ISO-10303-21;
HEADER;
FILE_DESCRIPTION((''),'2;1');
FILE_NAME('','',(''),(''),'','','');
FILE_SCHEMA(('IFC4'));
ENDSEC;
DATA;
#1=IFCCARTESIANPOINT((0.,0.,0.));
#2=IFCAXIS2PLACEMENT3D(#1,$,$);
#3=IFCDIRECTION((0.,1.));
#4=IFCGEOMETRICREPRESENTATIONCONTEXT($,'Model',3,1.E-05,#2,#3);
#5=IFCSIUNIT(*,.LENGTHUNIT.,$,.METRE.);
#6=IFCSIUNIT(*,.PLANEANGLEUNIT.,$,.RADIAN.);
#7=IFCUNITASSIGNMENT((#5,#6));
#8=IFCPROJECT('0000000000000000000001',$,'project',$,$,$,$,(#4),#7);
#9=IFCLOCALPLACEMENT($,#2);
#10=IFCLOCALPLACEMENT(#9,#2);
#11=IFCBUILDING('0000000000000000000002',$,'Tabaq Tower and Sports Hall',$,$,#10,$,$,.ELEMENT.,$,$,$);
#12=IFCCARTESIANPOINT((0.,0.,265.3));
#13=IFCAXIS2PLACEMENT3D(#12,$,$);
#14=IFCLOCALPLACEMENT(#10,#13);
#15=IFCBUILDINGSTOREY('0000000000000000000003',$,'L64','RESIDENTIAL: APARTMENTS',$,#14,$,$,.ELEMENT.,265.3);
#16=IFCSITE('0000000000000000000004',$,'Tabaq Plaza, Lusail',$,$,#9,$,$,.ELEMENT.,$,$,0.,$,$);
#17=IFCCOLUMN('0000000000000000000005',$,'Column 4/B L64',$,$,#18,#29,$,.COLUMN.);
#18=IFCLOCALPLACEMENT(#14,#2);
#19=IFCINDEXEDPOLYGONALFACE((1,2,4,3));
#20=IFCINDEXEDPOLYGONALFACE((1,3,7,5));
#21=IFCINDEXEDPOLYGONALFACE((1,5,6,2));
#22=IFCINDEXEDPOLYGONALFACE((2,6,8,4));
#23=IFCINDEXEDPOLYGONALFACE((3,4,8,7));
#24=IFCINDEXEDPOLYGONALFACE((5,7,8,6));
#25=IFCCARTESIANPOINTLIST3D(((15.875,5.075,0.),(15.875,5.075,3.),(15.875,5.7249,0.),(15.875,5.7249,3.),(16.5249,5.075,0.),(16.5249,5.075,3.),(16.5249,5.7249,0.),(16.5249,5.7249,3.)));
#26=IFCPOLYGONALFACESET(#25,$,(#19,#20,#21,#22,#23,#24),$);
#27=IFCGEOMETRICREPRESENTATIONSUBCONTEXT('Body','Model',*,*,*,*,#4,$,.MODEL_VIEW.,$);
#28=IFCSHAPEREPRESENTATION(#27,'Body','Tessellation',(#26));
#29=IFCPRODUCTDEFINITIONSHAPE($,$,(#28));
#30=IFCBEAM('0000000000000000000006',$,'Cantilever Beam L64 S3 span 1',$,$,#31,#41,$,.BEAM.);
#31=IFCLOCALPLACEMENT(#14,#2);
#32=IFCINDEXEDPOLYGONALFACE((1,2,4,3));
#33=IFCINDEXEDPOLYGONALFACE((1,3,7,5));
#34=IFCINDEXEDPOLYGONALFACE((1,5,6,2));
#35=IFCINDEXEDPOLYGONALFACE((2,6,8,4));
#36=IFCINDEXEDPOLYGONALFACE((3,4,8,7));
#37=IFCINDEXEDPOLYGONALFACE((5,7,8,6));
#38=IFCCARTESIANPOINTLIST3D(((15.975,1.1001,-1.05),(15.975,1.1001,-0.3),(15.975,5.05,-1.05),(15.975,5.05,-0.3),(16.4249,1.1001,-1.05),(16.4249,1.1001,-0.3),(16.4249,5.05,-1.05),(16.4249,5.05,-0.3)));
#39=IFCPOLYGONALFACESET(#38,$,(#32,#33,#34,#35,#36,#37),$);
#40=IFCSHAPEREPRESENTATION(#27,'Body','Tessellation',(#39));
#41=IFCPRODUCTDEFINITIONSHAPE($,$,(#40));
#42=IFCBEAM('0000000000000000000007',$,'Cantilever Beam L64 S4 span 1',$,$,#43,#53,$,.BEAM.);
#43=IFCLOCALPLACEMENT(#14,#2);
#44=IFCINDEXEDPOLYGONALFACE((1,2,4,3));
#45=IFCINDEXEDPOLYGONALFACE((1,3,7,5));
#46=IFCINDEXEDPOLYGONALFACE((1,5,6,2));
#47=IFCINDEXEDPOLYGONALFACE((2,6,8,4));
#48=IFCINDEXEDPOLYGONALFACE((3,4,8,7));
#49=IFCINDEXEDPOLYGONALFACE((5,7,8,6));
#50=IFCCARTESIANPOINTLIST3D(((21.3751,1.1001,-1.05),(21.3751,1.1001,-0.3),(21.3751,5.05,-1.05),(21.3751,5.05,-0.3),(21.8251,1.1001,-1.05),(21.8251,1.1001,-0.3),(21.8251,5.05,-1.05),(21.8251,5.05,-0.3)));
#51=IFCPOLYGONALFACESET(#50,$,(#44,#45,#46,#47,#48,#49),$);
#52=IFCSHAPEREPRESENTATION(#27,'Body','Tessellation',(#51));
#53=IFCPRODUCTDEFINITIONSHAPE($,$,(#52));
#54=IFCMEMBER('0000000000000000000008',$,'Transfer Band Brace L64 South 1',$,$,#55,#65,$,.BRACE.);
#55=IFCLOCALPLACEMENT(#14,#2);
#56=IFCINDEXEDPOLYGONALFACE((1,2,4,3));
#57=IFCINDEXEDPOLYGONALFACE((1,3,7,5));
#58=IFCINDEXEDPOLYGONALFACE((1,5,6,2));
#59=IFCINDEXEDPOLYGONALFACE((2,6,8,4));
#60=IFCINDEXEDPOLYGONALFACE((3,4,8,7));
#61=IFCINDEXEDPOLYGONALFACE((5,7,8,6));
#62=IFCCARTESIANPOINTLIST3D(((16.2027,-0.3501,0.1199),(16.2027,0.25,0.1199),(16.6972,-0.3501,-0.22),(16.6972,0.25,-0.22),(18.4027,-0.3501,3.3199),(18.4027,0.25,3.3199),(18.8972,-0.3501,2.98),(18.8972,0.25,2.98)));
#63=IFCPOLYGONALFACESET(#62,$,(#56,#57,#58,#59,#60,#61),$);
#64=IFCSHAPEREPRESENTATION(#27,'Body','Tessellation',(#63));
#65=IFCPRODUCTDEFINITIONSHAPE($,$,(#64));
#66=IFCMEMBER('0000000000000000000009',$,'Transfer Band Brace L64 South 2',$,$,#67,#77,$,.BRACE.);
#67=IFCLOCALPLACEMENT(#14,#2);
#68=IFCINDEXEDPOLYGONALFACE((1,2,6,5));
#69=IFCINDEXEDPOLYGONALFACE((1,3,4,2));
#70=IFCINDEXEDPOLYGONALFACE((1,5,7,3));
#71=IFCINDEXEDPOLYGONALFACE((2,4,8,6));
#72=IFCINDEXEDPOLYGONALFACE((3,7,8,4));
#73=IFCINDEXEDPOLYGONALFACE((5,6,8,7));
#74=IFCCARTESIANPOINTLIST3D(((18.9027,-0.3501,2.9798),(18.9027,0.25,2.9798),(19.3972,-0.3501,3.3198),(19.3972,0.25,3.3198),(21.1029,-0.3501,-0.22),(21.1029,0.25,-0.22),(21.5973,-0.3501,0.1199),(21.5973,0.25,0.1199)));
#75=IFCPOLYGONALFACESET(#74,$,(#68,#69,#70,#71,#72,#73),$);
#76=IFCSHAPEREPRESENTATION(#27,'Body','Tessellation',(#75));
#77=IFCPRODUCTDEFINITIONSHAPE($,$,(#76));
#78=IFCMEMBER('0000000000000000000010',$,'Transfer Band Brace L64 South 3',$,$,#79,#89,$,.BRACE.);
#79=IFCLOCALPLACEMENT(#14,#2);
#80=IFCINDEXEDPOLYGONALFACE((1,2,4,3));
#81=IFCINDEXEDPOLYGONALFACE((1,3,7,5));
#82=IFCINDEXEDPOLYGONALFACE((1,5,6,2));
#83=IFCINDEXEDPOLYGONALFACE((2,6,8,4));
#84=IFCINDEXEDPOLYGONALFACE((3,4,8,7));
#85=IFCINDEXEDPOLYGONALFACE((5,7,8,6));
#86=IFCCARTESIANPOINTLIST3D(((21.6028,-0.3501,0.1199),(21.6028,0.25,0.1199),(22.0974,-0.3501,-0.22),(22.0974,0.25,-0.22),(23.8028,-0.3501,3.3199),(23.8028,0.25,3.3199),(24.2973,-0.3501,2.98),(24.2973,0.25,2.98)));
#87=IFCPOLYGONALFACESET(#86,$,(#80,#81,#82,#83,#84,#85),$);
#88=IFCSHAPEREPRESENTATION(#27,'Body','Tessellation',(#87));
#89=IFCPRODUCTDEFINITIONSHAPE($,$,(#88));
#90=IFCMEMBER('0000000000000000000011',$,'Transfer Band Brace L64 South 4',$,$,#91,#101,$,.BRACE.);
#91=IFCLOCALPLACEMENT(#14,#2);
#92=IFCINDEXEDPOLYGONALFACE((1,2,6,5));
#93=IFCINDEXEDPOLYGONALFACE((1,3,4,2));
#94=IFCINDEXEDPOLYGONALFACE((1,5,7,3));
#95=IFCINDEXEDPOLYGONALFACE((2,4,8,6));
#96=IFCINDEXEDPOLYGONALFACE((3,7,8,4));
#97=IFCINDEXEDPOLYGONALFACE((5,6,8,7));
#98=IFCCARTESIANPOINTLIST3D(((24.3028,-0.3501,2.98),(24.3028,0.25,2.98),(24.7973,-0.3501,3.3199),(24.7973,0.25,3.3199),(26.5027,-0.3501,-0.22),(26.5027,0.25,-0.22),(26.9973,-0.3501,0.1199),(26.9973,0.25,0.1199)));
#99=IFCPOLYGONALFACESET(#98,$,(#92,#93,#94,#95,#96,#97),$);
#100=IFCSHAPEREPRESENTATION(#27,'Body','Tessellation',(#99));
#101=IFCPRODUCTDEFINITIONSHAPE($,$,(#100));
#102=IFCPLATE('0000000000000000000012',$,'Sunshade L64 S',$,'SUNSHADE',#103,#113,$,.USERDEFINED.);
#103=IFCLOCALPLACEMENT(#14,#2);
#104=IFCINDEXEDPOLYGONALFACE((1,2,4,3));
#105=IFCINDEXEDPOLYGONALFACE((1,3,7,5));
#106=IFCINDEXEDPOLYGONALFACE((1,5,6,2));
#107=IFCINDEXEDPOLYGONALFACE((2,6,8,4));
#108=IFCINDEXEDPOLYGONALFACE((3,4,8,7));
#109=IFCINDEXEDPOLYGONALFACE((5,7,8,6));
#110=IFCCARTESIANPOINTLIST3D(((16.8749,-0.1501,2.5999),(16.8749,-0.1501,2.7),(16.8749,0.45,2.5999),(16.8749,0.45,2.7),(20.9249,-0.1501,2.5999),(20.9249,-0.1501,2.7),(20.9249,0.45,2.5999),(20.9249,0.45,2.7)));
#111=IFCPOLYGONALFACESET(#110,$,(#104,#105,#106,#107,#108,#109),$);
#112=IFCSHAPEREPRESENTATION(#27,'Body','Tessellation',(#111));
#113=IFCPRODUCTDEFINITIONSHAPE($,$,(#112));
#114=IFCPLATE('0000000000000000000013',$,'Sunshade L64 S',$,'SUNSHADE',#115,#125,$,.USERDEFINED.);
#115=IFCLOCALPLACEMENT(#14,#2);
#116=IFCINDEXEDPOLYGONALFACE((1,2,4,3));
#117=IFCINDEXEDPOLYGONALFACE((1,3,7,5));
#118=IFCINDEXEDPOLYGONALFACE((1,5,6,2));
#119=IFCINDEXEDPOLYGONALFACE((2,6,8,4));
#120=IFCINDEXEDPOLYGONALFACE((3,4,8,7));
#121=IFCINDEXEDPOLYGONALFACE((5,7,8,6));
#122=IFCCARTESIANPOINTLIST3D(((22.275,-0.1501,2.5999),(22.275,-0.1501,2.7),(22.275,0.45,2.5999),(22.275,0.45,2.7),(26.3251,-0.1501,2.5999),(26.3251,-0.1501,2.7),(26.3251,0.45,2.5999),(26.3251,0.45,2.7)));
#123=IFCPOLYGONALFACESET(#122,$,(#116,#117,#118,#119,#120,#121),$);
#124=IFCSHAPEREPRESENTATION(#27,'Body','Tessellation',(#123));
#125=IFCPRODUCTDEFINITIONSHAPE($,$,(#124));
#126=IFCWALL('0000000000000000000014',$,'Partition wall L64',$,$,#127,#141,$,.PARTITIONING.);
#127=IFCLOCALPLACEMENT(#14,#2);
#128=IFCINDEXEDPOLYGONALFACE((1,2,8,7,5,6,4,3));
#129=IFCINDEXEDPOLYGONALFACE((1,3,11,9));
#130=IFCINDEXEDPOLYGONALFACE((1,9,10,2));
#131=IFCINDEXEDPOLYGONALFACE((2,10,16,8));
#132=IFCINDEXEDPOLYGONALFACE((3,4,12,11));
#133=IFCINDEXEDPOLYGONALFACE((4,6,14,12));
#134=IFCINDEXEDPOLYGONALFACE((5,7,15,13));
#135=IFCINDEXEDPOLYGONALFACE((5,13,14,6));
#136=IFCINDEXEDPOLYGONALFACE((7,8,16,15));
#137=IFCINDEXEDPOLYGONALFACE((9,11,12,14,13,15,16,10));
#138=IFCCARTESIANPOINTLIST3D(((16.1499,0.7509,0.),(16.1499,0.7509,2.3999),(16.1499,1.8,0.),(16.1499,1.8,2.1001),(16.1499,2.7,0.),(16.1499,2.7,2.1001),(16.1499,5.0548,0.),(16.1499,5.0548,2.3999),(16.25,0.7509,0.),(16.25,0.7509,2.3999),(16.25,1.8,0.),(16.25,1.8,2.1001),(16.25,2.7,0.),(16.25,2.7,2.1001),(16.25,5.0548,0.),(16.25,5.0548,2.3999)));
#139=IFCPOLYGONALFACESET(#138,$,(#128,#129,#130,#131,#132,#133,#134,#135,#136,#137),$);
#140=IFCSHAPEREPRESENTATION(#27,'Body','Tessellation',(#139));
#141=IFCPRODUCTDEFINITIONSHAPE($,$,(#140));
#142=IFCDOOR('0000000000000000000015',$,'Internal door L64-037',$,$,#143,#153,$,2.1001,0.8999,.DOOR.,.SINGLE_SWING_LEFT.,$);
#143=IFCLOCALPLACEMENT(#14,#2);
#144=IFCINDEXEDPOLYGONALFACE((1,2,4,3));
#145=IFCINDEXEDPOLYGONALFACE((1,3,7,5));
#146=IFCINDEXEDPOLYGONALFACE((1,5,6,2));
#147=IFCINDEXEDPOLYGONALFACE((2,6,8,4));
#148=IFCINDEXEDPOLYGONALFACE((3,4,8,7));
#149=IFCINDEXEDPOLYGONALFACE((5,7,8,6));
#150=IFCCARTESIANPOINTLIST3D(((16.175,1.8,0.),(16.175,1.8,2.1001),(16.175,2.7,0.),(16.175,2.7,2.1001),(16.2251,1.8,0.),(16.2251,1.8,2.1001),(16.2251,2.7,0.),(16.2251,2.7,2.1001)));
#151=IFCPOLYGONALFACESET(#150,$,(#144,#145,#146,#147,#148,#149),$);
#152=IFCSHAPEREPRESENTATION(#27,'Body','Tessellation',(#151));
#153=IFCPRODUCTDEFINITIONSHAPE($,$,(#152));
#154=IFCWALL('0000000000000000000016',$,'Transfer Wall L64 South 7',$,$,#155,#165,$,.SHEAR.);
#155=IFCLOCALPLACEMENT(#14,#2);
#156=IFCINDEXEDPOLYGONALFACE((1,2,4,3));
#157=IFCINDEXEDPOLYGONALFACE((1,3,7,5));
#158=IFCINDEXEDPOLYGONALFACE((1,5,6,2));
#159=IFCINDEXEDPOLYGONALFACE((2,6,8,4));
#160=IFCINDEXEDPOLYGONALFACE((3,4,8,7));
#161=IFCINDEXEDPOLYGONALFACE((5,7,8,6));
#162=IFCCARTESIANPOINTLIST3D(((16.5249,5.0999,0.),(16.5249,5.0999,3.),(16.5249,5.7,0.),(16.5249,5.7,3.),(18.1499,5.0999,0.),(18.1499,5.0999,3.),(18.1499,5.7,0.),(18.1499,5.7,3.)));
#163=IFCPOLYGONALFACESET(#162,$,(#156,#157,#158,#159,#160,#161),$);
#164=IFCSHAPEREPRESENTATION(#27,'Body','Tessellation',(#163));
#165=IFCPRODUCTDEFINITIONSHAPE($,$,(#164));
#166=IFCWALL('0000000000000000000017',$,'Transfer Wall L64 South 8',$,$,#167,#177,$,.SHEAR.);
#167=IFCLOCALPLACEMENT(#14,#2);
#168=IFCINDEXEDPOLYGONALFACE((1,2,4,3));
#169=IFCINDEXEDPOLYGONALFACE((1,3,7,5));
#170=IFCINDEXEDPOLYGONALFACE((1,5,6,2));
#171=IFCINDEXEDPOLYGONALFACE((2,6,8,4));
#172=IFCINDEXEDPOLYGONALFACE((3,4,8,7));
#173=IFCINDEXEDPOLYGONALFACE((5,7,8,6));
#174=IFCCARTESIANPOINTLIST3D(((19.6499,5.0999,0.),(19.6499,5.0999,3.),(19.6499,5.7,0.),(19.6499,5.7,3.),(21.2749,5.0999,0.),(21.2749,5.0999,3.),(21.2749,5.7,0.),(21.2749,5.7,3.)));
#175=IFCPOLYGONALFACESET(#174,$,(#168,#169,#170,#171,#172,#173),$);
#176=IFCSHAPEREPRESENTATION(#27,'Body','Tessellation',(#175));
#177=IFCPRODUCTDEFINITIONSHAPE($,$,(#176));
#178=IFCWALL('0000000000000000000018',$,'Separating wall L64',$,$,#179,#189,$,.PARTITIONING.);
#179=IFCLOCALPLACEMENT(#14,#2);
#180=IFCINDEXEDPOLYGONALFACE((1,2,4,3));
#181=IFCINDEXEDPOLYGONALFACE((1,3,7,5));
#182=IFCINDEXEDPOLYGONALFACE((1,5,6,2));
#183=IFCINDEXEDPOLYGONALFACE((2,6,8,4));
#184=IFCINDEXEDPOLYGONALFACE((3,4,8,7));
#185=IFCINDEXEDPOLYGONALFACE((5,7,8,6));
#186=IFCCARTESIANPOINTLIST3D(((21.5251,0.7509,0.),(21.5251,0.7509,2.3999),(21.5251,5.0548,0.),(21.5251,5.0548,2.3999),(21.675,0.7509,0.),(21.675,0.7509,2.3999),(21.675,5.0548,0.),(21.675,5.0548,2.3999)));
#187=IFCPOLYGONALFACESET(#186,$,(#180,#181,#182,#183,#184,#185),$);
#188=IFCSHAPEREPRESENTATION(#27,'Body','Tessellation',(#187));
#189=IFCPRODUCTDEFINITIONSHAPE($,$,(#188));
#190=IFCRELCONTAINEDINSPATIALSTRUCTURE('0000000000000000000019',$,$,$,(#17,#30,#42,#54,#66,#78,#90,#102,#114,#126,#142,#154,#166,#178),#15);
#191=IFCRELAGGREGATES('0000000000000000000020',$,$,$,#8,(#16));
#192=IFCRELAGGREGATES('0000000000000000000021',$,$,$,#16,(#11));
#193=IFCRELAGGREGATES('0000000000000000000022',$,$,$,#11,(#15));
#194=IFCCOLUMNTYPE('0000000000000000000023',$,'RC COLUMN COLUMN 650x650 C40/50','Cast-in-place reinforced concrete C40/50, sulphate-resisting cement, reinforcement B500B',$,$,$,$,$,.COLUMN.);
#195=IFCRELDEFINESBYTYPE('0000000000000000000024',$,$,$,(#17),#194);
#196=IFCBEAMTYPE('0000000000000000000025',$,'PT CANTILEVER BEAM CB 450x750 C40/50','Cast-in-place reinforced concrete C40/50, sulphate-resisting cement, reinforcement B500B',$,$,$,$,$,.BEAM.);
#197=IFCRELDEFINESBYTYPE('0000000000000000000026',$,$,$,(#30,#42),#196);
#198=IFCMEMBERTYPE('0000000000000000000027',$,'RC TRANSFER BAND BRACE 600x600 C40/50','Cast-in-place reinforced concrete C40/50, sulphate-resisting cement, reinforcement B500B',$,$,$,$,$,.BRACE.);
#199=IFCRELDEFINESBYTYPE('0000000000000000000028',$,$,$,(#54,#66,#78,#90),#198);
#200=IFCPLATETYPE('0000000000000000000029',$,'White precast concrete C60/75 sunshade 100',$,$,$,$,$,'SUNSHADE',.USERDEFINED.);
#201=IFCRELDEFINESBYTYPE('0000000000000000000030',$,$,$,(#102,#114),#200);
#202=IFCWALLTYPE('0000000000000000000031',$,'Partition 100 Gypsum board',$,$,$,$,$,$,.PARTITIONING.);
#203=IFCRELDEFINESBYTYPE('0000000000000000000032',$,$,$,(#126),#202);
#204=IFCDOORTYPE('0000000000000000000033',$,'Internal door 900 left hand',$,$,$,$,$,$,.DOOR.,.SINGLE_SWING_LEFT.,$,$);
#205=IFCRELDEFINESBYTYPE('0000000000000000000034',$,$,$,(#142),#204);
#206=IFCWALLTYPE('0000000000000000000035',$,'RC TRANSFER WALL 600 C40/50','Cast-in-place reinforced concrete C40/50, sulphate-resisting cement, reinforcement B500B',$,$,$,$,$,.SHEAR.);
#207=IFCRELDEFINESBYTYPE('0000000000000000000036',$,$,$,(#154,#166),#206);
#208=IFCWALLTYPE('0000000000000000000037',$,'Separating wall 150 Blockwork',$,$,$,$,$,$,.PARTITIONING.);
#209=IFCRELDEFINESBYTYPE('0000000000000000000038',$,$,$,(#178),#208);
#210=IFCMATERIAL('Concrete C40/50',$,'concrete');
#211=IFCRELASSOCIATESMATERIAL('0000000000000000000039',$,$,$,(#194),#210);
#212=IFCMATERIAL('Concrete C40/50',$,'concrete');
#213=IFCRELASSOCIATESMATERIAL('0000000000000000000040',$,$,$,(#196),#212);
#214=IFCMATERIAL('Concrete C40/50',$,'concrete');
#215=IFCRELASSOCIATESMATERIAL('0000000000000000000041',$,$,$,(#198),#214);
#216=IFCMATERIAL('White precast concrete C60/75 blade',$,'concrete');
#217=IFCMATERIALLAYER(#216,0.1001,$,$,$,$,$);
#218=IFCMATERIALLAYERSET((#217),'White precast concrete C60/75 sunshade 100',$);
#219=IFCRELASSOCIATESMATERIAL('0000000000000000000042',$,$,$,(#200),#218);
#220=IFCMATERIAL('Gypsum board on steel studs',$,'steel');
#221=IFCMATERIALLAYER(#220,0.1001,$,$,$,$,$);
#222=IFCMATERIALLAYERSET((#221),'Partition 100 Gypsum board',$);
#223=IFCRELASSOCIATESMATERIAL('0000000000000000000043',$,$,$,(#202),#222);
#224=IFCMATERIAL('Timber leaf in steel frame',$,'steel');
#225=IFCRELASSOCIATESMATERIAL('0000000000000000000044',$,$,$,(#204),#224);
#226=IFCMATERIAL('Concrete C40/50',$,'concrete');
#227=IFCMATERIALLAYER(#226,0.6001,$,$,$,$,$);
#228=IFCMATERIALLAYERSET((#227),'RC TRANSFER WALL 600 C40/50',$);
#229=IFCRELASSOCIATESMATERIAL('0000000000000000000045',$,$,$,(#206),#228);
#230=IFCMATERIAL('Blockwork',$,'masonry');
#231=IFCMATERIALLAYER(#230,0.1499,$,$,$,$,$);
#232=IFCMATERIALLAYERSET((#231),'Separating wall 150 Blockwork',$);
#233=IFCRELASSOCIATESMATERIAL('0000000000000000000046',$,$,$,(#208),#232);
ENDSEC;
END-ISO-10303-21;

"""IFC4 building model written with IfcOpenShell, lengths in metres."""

from ifc_helpers import new_model, si_unit, direction, frame, frame_2d, origin, origin_2d, place, context, subcontext, project, spatial, rectangle, extrude, material, layer, layer_set, material_profile, profile_set, type_object, element, fill, save


model = new_model("IFC4")

# Units and contexts
model_context = context("Model", 3, precision=1e-05, world=origin(), true_north=direction((0.0, 1.0)))
body_context = subcontext(model_context, "Body", "Model", "MODEL_VIEW")
ifc_project = project(units=[si_unit("LENGTHUNIT", "METRE"), si_unit("PLANEANGLEUNIT", "RADIAN")], contexts=[model_context])

# Site, building, storey
site_placement = place(None, origin())
site = spatial("IfcSite", under=ifc_project, at=site_placement, Name="Tabaq Plaza, Lusail", CompositionType="ELEMENT", RefElevation=0.0)
building_placement = place(site_placement, origin())
building = spatial("IfcBuilding", under=site, at=building_placement, Name="Tabaq Tower and Sports Hall", CompositionType="ELEMENT")
storey_placement = place(building_placement, frame((0.0, 0.0, 265.3)))
storey = spatial("IfcBuildingStorey", under=building, at=storey_placement, Name="L64", Description="RESIDENTIAL: APARTMENTS", CompositionType="ELEMENT", Elevation=265.3)

# Column
ifc_material_1 = material(Name="Concrete C40/50", Category="concrete")
ifc_material_profile_1 = material_profile(ifc_material_1, rectangle(XDim=0.6499, YDim=0.6499, at=origin_2d()), Name="COLUMN 650x650")
ifc_profile_set_1 = profile_set([ifc_material_profile_1], Name="Concrete C40/50")
column_type = type_object("IfcColumnType", Name="RC COLUMN COLUMN 650x650 C40/50", Description="Cast-in-place reinforced concrete C40/50, sulphate-resisting cement, reinforcement B500B", PredefinedType="COLUMN", material=ifc_profile_set_1)
column_placement = place(storey_placement, frame((16.2, 5.3999, 0.0), z_axis=(0.0, 0.0, 1.0), x_axis=(1.0, 0.0, 0.0)))
element("IfcColumn", 1, at=column_placement, inside=storey, type_object=column_type, Name="Column 4/B L64", PredefinedType="COLUMN", context=body_context, shape_type="SweptSolid", body=[
    extrude(rectangle(XDim=0.6499, YDim=0.6499, at=origin_2d()), origin(), (0.0, 0.0, 1.0), 3.0),
])

# Beams
ifc_material_2 = material(Name="Concrete C40/50", Category="concrete")
ifc_material_profile_2 = material_profile(ifc_material_2, rectangle(XDim=0.45, YDim=0.75, at=origin_2d()), Name="CB 450x750")
ifc_profile_set_2 = profile_set([ifc_material_profile_2], Name="Concrete C40/50")
beam_type = type_object("IfcBeamType", Name="PT CANTILEVER BEAM CB 450x750 C40/50", Description="Cast-in-place reinforced concrete C40/50, sulphate-resisting cement, reinforcement B500B", PredefinedType="BEAM", material=ifc_profile_set_2)
for number, where, z_axis, x_axis, name in (
    (2, (16.2, 1.1001, -0.675), (0.0, 1.0, 0.0), (-1.0, 0.0, 0.0), "Cantilever Beam L64 S3 span 1"),
    (3, (21.6001, 1.1001, -0.675), (0.0, 1.0, 0.0), (-1.0, 0.0, 0.0), "Cantilever Beam L64 S4 span 1"),
):
    element("IfcBeam", number, at=place(storey_placement, frame(where, z_axis=z_axis, x_axis=x_axis)), inside=storey, type_object=beam_type, Name=name, PredefinedType="BEAM", context=body_context, shape_type="SweptSolid", body=[
        extrude(rectangle(XDim=0.45, YDim=0.75, at=origin_2d()), origin(), (0.0, 0.0, 1.0), 3.95),
    ])

# Members
ifc_material_3 = material(Name="Concrete C40/50", Category="concrete")
ifc_material_profile_3 = material_profile(ifc_material_3, rectangle(XDim=0.6001, YDim=0.6001, at=origin_2d()), Name="TRANSFER BAND BRACE 600x600")
ifc_profile_set_3 = profile_set([ifc_material_profile_3], Name="Concrete C40/50")
member_type = type_object("IfcMemberType", Name="RC TRANSFER BAND BRACE 600x600 C40/50", Description="Cast-in-place reinforced concrete C40/50, sulphate-resisting cement, reinforcement B500B", PredefinedType="BRACE", material=ifc_profile_set_3)
for number, where, z_axis, x_axis, name in (
    (4, (16.45, -0.05, -0.05), (0.566526, 0.0, 0.824044), (0.0, 1.0, 0.0), "Transfer Band Brace L64 South 1"),
    (5, (21.3501, -0.05, -0.05), (-0.566569, 0.0, 0.824014), (0.0, -1.0, 0.0), "Transfer Band Brace L64 South 2"),
    (6, (21.8501, -0.05, -0.05), (0.566526, 0.0, 0.824044), (0.0, 1.0, 0.0), "Transfer Band Brace L64 South 3"),
    (7, (26.75, -0.05, -0.05), (-0.566526, 0.0, 0.824044), (0.0, -1.0, 0.0), "Transfer Band Brace L64 South 4"),
):
    element("IfcMember", number, at=place(storey_placement, frame(where, z_axis=z_axis, x_axis=x_axis)), inside=storey, type_object=member_type, Name=name, PredefinedType="BRACE", context=body_context, shape_type="SweptSolid", body=[
        extrude(rectangle(XDim=0.6001, YDim=0.6001, at=origin_2d()), origin(), (0.0, 0.0, 1.0), 3.8833),
    ])

# Plates
ifc_material_4 = material(Name="White precast concrete C60/75 blade", Category="concrete")
ifc_layer_1 = layer(ifc_material_4, 0.1001)
ifc_layer_set_1 = layer_set([ifc_layer_1], Name="White precast concrete C60/75 sunshade 100")
plate_type = type_object("IfcPlateType", Name="White precast concrete C60/75 sunshade 100", ElementType="SUNSHADE", PredefinedType="USERDEFINED", material=ifc_layer_set_1)
for number, where, z_axis, x_axis, name in (
    (8, (18.8999, 0.1499, 2.5999), (0.0, 0.0, 1.0), (1.0, 0.0, 0.0), "Sunshade L64 S"),
    (9, (24.3, 0.1499, 2.5999), (0.0, 0.0, 1.0), (1.0, 0.0, 0.0), "Sunshade L64 S"),
):
    element("IfcPlate", number, at=place(storey_placement, frame(where, z_axis=z_axis, x_axis=x_axis)), inside=storey, type_object=plate_type, Name=name, ObjectType="SUNSHADE", PredefinedType="USERDEFINED", context=body_context, shape_type="SweptSolid", body=[
        extrude(rectangle(XDim=4.05, YDim=0.6001, at=origin_2d()), origin(), (0.0, 0.0, 1.0), 0.1001),
    ])

# Wall, opening, door
ifc_material_5 = material(Name="Gypsum board on steel studs", Category="steel")
ifc_layer_2 = layer(ifc_material_5, 0.1001)
ifc_layer_set_2 = layer_set([ifc_layer_2], Name="Partition 100 Gypsum board")
wall_type_1 = type_object("IfcWallType", Name="Partition 100 Gypsum board", PredefinedType="PARTITIONING", material=ifc_layer_set_2)
wall_1_placement = place(storey_placement, frame((16.2, 0.751, 0.0), z_axis=(0.0, 0.0, 1.0), x_axis=(0.0, 1.0, 0.0)))
wall_1 = element("IfcWall", 10, at=wall_1_placement, inside=storey, type_object=wall_type_1, Name="Partition wall L64", PredefinedType="PARTITIONING", context=body_context, shape_type="SweptSolid", body=[
    extrude(rectangle(XDim=4.304, YDim=0.1001, at=frame_2d((2.1519, 0.0))), origin(), (0.0, 0.0, 1.0), 2.3999),
])
opening_placement = place(wall_1_placement, frame((1.0491, 0.0, 0.0)))
opening = element("IfcOpeningElement", 11, at=opening_placement, cuts=wall_1, PredefinedType="OPENING", context=body_context, shape_type="SweptSolid", body=[
    extrude(rectangle(XDim=0.8999, YDim=2.1001, at=frame_2d((0.45, 1.05))), frame((0.0, 0.05, 0.0), z_axis=(0.0, -1.0, 0.0), x_axis=(1.0, 0.0, 0.0)), (0.0, 0.0, 1.0), 0.1001),
])
ifc_material_6 = material(Name="Timber leaf in steel frame", Category="steel")
door_type = type_object("IfcDoorType", Name="Internal door 900 left hand", OperationType="SINGLE_SWING_LEFT", PredefinedType="DOOR", material=ifc_material_6)
door_placement = place(opening_placement, origin())
door = element("IfcDoor", 12, at=door_placement, inside=storey, type_object=door_type, Name="Internal door L64-037", OperationType="SINGLE_SWING_LEFT", OverallHeight=2.1001, OverallWidth=0.8999, PredefinedType="DOOR", context=body_context, shape_type="SweptSolid", body=[
    extrude(rectangle(XDim=0.8999, YDim=2.1001, at=frame_2d((0.45, 1.05))), frame((0.0, 0.0249, 0.0), z_axis=(0.0, -1.0, 0.0), x_axis=(1.0, 0.0, 0.0)), (0.0, 0.0, 1.0), 0.05),
])
fill(opening, door)

# Walls
ifc_material_7 = material(Name="Concrete C40/50", Category="concrete")
ifc_layer_3 = layer(ifc_material_7, 0.6001)
ifc_layer_set_3 = layer_set([ifc_layer_3], Name="RC TRANSFER WALL 600 C40/50")
wall_type_2 = type_object("IfcWallType", Name="RC TRANSFER WALL 600 C40/50", Description="Cast-in-place reinforced concrete C40/50, sulphate-resisting cement, reinforcement B500B", PredefinedType="SHEAR", material=ifc_layer_set_3)
for number, where, z_axis, x_axis, name in (
    (13, (16.5249, 5.3999, 0.0), (0.0, 0.0, 1.0), (1.0, 0.0, 0.0), "Transfer Wall L64 South 7"),
    (14, (19.6499, 5.3999, 0.0), (0.0, 0.0, 1.0), (1.0, 0.0, 0.0), "Transfer Wall L64 South 8"),
):
    element("IfcWall", number, at=place(storey_placement, frame(where, z_axis=z_axis, x_axis=x_axis)), inside=storey, type_object=wall_type_2, Name=name, PredefinedType="SHEAR", context=body_context, shape_type="SweptSolid", body=[
        extrude(rectangle(XDim=1.625, YDim=0.6001, at=frame_2d((0.8125, 0.0))), origin(), (0.0, 0.0, 1.0), 3.0),
    ])
ifc_material_8 = material(Name="Blockwork", Category="masonry")
ifc_layer_4 = layer(ifc_material_8, 0.1499)
ifc_layer_set_4 = layer_set([ifc_layer_4], Name="Separating wall 150 Blockwork")
wall_type_3 = type_object("IfcWallType", Name="Separating wall 150 Blockwork", PredefinedType="PARTITIONING", material=ifc_layer_set_4)
wall_2_placement = place(storey_placement, frame((21.6001, 0.751, 0.0), z_axis=(0.0, 0.0, 1.0), x_axis=(0.0, 1.0, 0.0)))
element("IfcWall", 15, at=wall_2_placement, inside=storey, type_object=wall_type_3, Name="Separating wall L64", PredefinedType="PARTITIONING", context=body_context, shape_type="SweptSolid", body=[
    extrude(rectangle(XDim=4.304, YDim=0.1499, at=frame_2d((2.1519, 0.0))), origin(), (0.0, 0.0, 1.0), 2.3999),
])

save(model, "model.ifc")
